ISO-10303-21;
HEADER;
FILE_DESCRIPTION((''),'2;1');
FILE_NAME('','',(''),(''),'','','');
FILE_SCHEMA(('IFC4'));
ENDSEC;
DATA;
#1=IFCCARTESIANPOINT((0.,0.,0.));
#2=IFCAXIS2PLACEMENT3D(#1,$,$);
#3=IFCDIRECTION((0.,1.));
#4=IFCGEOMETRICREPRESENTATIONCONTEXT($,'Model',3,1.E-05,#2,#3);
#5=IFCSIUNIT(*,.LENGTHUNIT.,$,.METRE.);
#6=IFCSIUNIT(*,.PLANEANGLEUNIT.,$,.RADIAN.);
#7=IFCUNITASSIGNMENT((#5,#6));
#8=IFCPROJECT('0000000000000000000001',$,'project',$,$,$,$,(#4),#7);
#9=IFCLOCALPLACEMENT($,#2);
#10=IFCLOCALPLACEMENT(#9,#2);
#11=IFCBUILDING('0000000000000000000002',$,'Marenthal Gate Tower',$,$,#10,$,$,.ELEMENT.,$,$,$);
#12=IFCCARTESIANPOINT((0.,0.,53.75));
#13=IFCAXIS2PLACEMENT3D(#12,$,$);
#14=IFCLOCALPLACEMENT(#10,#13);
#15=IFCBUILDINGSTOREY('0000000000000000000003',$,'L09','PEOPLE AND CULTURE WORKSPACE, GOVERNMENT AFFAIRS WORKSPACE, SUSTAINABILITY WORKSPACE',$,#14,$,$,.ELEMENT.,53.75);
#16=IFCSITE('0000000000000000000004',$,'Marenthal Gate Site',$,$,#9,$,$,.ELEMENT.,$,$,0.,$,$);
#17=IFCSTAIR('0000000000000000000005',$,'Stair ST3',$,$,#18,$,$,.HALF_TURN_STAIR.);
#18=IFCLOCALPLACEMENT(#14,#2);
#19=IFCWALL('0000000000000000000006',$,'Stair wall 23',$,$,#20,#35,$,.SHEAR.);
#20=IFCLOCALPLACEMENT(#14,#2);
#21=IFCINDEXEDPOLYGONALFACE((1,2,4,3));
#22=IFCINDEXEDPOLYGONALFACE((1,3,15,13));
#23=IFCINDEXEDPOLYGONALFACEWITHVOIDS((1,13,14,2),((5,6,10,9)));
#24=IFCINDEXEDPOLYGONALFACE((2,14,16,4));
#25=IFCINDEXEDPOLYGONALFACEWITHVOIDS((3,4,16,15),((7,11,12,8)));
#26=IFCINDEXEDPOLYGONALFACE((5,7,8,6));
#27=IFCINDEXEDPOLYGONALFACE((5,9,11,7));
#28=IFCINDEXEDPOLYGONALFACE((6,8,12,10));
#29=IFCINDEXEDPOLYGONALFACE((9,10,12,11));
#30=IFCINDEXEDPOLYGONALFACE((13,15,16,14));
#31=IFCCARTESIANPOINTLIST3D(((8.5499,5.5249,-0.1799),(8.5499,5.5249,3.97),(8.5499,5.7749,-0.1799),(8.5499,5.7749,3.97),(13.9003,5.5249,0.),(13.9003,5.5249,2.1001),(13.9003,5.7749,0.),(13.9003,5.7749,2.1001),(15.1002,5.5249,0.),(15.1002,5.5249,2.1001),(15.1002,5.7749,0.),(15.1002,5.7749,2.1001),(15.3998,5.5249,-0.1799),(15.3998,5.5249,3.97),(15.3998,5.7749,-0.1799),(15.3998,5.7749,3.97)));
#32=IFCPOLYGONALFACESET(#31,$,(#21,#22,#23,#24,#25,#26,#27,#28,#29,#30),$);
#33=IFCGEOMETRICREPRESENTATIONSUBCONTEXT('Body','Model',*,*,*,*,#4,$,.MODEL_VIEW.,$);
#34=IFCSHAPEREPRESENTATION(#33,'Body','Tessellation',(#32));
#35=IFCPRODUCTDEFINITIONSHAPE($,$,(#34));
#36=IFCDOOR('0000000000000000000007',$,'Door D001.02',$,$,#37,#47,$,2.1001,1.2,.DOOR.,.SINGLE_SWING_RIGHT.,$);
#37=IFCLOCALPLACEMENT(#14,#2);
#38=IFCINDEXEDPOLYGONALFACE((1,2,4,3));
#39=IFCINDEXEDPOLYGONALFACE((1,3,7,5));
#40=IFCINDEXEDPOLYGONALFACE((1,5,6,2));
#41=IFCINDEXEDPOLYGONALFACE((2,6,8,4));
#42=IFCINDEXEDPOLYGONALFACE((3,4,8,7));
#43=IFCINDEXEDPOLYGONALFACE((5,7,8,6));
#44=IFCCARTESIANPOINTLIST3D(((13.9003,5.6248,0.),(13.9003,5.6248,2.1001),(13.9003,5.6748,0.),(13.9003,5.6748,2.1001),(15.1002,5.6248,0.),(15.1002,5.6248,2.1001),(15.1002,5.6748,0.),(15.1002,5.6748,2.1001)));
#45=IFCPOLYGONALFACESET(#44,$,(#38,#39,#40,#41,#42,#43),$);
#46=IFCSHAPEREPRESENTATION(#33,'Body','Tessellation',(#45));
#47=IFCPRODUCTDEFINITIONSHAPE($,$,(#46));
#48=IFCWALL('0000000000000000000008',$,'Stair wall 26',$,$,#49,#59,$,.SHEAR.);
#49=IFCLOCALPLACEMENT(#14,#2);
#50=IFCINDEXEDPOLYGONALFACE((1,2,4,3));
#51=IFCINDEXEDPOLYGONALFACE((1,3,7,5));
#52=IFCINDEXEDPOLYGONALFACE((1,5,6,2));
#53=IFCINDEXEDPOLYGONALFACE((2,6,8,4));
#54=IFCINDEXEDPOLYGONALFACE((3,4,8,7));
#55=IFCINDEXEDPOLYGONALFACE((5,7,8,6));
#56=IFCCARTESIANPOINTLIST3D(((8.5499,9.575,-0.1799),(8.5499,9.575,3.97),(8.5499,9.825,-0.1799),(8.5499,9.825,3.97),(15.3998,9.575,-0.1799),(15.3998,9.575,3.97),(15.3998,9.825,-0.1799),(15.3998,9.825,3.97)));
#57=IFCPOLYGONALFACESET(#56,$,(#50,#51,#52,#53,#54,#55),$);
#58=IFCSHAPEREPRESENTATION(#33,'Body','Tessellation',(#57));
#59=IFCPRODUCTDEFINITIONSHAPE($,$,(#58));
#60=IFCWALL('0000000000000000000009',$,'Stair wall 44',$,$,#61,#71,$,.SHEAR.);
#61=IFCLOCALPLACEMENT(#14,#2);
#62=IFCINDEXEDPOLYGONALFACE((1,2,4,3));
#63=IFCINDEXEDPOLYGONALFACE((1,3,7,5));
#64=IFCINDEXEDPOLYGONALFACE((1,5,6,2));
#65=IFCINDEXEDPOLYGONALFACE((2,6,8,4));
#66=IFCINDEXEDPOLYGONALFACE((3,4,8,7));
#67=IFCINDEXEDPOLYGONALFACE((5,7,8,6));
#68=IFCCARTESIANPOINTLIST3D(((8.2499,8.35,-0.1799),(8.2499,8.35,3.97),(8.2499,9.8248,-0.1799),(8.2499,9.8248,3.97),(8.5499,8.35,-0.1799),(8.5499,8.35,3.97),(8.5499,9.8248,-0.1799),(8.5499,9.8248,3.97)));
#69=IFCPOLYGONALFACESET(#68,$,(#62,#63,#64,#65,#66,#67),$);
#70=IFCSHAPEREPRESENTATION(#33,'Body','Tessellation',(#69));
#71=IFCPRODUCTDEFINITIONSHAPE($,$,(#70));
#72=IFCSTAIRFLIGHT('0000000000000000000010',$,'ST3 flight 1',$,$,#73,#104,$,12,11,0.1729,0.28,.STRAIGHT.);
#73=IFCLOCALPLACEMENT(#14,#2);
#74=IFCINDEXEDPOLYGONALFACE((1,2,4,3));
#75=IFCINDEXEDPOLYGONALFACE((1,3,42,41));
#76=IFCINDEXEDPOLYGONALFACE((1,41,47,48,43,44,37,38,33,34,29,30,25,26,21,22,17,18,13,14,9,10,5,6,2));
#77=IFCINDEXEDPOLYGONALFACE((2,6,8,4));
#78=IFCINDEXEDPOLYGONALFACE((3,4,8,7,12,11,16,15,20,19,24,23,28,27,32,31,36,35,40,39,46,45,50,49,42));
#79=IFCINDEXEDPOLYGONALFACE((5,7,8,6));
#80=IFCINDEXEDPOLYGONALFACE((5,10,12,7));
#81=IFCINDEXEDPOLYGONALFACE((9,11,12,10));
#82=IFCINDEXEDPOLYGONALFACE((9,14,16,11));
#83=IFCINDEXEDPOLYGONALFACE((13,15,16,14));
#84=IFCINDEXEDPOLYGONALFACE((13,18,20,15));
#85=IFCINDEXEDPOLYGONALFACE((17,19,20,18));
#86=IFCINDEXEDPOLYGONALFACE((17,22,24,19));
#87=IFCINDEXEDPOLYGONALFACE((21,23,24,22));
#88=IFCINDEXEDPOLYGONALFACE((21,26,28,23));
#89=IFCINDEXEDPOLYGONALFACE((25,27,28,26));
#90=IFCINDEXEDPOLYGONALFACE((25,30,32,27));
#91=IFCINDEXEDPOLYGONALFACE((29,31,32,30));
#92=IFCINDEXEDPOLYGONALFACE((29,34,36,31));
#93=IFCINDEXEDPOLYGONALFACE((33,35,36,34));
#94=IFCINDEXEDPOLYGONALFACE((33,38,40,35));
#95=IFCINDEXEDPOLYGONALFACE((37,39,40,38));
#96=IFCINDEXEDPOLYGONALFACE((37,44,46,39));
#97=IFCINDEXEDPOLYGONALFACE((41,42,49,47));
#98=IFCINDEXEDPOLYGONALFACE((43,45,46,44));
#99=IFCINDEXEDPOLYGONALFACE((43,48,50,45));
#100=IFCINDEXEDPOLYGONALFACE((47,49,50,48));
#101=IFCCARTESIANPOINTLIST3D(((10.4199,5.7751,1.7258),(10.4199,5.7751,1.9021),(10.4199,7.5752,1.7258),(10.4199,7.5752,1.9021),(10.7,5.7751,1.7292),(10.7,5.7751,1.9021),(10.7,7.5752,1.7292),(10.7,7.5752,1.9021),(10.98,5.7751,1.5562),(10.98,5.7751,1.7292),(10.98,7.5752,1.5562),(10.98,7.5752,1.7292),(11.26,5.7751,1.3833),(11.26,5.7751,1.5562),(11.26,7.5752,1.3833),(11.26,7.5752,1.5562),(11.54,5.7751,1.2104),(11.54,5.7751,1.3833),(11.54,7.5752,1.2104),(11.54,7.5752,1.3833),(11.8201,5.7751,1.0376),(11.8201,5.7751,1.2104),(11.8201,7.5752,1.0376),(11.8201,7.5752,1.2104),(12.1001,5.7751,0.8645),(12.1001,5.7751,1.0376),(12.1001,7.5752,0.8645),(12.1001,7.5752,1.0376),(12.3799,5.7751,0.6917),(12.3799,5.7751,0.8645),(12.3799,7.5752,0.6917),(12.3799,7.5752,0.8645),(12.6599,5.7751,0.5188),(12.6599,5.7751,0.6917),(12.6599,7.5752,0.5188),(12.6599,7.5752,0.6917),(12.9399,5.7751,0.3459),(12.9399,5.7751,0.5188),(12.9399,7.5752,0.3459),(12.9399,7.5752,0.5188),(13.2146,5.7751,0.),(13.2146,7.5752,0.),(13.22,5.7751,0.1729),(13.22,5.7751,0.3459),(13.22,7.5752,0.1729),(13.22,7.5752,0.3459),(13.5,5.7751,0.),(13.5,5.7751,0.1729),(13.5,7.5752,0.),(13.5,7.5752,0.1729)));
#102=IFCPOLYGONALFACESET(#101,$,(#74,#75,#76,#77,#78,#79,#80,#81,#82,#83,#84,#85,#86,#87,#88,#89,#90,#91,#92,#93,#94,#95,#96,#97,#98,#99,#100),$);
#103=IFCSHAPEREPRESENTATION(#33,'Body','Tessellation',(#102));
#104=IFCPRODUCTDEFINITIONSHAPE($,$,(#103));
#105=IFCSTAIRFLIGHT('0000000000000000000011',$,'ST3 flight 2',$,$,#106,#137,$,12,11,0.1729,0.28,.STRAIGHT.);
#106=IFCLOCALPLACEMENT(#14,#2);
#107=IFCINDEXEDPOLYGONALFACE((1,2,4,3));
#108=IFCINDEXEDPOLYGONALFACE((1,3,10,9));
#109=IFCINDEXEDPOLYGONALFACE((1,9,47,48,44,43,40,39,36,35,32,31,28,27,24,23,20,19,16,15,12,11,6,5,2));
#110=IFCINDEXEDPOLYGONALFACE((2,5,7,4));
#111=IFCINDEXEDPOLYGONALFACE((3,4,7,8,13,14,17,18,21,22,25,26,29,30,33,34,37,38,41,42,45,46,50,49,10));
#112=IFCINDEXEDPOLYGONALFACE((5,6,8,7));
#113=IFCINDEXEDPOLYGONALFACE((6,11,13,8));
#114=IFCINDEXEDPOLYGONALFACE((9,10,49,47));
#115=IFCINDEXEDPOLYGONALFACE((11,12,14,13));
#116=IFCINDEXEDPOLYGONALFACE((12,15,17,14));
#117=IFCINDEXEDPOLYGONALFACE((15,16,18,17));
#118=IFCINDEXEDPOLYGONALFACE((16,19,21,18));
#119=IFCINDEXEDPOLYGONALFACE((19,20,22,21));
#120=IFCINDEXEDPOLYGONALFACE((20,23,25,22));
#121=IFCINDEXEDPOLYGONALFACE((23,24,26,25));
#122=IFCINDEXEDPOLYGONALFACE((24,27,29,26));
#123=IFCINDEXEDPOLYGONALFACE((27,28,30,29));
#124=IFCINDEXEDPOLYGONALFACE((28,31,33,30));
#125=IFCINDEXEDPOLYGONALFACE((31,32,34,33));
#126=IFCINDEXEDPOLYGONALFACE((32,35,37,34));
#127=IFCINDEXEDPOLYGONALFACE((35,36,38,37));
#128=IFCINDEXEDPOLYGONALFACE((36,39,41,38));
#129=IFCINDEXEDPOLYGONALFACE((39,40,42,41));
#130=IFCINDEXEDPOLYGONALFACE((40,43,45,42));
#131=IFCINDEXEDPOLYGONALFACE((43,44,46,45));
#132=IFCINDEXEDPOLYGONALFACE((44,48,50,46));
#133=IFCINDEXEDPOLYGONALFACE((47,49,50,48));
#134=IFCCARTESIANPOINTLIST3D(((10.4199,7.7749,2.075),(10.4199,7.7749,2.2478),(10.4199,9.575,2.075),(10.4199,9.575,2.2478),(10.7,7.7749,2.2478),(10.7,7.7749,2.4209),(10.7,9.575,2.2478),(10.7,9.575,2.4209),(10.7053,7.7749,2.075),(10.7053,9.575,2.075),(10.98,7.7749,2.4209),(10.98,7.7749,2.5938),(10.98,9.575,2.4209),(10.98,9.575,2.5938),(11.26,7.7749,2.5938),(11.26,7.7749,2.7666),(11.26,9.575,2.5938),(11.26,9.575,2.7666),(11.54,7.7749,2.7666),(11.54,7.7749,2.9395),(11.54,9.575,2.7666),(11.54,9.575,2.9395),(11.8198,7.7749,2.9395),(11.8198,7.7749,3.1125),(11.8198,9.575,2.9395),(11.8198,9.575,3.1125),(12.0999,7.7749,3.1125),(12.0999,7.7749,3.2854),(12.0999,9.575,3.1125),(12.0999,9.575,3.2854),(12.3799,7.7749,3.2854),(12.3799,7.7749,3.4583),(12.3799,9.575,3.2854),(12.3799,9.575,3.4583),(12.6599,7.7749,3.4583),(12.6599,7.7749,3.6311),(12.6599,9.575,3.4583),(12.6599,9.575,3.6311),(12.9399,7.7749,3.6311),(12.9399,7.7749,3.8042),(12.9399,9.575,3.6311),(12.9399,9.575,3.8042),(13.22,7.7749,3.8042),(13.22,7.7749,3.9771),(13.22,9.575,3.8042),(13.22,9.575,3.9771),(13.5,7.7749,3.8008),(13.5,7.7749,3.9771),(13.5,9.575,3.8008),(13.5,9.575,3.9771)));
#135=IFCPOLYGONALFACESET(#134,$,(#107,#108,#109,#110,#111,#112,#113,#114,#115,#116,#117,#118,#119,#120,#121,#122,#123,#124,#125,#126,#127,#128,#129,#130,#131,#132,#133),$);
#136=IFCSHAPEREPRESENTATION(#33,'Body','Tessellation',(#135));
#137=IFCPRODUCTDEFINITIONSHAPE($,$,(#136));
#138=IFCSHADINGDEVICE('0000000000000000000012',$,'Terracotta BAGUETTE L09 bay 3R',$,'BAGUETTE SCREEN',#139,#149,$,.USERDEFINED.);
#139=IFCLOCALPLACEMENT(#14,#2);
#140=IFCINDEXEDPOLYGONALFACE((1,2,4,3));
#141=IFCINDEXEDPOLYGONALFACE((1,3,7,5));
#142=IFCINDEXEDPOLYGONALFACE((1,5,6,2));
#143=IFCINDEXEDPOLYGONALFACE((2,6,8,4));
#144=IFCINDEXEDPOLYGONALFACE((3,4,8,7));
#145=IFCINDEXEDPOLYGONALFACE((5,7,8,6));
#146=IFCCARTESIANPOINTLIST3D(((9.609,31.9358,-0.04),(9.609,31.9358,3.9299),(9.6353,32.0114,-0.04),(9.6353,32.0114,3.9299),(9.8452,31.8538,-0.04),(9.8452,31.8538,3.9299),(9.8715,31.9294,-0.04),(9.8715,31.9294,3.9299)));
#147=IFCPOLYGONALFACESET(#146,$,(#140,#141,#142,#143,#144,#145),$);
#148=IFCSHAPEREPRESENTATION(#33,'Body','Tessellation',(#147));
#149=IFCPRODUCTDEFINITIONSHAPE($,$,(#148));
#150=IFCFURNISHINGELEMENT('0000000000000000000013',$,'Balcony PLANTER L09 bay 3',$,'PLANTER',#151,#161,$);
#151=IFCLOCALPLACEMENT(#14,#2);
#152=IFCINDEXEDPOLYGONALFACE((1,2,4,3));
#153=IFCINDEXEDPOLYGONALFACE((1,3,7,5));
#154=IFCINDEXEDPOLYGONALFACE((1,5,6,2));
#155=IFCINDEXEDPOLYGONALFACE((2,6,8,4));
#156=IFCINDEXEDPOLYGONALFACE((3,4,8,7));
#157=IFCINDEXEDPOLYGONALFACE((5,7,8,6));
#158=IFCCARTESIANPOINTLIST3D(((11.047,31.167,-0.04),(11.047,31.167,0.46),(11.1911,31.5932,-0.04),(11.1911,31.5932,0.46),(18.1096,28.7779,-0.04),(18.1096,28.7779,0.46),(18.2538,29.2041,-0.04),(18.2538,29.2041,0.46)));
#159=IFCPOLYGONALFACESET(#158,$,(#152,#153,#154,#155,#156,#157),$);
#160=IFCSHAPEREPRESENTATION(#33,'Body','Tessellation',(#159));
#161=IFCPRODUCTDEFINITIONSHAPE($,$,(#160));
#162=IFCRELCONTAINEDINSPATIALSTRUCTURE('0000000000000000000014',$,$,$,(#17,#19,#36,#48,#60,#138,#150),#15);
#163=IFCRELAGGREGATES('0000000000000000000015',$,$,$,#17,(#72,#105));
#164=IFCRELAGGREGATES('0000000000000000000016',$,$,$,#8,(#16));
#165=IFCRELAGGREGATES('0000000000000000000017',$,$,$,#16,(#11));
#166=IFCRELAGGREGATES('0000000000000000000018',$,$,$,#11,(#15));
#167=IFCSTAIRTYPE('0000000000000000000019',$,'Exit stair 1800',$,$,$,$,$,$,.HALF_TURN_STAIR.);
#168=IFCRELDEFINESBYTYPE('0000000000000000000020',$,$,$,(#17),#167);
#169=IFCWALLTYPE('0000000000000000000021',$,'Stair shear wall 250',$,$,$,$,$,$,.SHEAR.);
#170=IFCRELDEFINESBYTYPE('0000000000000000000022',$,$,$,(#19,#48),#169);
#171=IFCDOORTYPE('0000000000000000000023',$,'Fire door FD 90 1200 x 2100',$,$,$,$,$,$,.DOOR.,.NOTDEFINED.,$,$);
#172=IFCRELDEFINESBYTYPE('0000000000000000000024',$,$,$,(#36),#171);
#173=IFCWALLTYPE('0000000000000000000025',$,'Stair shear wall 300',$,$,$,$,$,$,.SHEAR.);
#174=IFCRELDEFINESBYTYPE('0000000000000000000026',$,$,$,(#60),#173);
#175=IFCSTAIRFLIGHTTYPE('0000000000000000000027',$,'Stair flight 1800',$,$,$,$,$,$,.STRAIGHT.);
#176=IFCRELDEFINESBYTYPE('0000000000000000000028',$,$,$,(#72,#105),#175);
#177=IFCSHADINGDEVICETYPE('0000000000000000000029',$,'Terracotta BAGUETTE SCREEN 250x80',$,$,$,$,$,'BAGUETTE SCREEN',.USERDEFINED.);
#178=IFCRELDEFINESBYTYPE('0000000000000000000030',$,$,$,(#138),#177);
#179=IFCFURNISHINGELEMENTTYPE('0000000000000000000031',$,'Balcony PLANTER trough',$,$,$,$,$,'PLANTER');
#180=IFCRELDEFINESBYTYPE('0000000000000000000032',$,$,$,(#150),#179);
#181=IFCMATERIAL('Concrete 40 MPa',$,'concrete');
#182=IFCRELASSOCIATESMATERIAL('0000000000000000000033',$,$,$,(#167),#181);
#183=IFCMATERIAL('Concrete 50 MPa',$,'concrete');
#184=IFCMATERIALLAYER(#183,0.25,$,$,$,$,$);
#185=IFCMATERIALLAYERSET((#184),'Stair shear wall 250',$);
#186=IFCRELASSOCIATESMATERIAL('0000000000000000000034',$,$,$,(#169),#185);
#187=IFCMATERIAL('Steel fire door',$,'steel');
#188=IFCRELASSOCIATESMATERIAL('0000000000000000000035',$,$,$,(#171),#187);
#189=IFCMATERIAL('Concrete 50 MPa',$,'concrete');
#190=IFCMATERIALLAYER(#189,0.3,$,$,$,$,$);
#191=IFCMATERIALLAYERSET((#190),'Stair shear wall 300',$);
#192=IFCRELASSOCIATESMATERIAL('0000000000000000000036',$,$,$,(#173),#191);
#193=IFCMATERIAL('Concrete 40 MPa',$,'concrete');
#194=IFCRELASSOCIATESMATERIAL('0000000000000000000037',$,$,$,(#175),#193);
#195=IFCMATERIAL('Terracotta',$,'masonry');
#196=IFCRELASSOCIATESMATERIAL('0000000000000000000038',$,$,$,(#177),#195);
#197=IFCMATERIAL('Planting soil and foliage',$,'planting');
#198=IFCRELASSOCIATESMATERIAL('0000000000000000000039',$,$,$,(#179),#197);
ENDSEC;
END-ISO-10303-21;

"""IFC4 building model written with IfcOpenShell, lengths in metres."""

from ifc_helpers import new_model, si_unit, direction, frame, frame_2d, origin, origin_2d, place, context, subcontext, project, spatial, polyline, rectangle, outline, extrude, material, layer, layer_set, material_profile, profile_set, type_object, element, fill, aggregate, save


model = new_model("IFC4")

# Units and contexts
model_context = context("Model", 3, precision=1e-05, world=origin(), true_north=direction((0.0, 1.0)))
body_context = subcontext(model_context, "Body", "Model", "MODEL_VIEW")
ifc_project = project(units=[si_unit("LENGTHUNIT", "METRE"), si_unit("PLANEANGLEUNIT", "RADIAN")], contexts=[model_context])

# Site, building, storey
site_placement = place(None, origin())
site = spatial("IfcSite", under=ifc_project, at=site_placement, Name="Marenthal Gate Site", CompositionType="ELEMENT", RefElevation=0.0)
building_placement = place(site_placement, origin())
building = spatial("IfcBuilding", under=site, at=building_placement, Name="Marenthal Gate Tower", CompositionType="ELEMENT")
storey_placement = place(building_placement, frame((0.0, 0.0, 53.75)))
storey = spatial("IfcBuildingStorey", under=building, at=storey_placement, Name="L09", Description="PEOPLE AND CULTURE WORKSPACE, GOVERNMENT AFFAIRS WORKSPACE, SUSTAINABILITY WORKSPACE", CompositionType="ELEMENT", Elevation=53.75)

# Stair
ifc_material_1 = material(Name="Concrete 40 MPa", Category="concrete")
stair_type = type_object("IfcStairType", Name="Exit stair 1800", PredefinedType="HALF_TURN_STAIR", material=ifc_material_1)
stair_1_placement = place(storey_placement, origin())
stair_1 = element("IfcStair", 1, at=stair_1_placement, inside=storey, type_object=stair_type, Name="Stair ST3", PredefinedType="HALF_TURN_STAIR")

# Wall, opening, door
ifc_material_2 = material(Name="Concrete 50 MPa", Category="concrete")
ifc_layer_1 = layer(ifc_material_2, 0.25)
ifc_layer_set_1 = layer_set([ifc_layer_1], Name="Stair shear wall 250")
wall_type_1 = type_object("IfcWallType", Name="Stair shear wall 250", PredefinedType="SHEAR", material=ifc_layer_set_1)
wall_1_placement = place(storey_placement, frame((8.55, 5.6499, -0.1799), z_axis=(0.0, 0.0, 1.0), x_axis=(1.0, 0.0, 0.0)))
wall_1 = element("IfcWall", 2, at=wall_1_placement, inside=storey, type_object=wall_type_1, Name="Stair wall 23", PredefinedType="SHEAR", context=body_context, shape_type="SweptSolid", body=[
    extrude(rectangle(XDim=6.8499, YDim=0.25, at=frame_2d((3.4248, 0.0))), origin(), (0.0, 0.0, 1.0), 4.1499),
])
opening_1_placement = place(wall_1_placement, frame((5.3501, 0.0, 0.1799)))
opening_1 = element("IfcOpeningElement", 3, at=opening_1_placement, cuts=wall_1, PredefinedType="OPENING", context=body_context, shape_type="SweptSolid", body=[
    extrude(rectangle(XDim=1.2, YDim=2.1001, at=frame_2d((0.6001, 1.05))), frame((0.0, 0.135, 0.0), z_axis=(0.0, -1.0, 0.0), x_axis=(1.0, 0.0, 0.0)), (0.0, 0.0, 1.0), 0.27),
])
ifc_material_3 = material(Name="Steel fire door", Category="steel")
door_type_1 = type_object("IfcDoorType", Name="Fire door FD 90 1200 x 2100", OperationType="NOTDEFINED", PredefinedType="DOOR", material=ifc_material_3)
door_1_placement = place(opening_1_placement, origin())
door_1 = element("IfcDoor", 4, at=door_1_placement, inside=storey, type_object=door_type_1, Name="Door D001.02", OperationType="SINGLE_SWING_RIGHT", OverallHeight=2.1001, OverallWidth=1.2, PredefinedType="DOOR", context=body_context, shape_type="SweptSolid", body=[
    extrude(rectangle(XDim=1.2, YDim=2.1001, at=frame_2d((0.6001, 1.05))), frame((0.0, 0.0249, 0.0), z_axis=(0.0, -1.0, 0.0), x_axis=(1.0, 0.0, 0.0)), (0.0, 0.0, 1.0), 0.05),
])
fill(opening_1, door_1)

# Walls
wall_2_placement = place(storey_placement, frame((8.55, 9.7, -0.1799), z_axis=(0.0, 0.0, 1.0), x_axis=(1.0, 0.0, 0.0)))
element("IfcWall", 5, at=wall_2_placement, inside=storey, type_object=wall_type_1, Name="Stair wall 26", PredefinedType="SHEAR", context=body_context, shape_type="SweptSolid", body=[
    extrude(rectangle(XDim=6.8499, YDim=0.25, at=frame_2d((3.4248, 0.0))), origin(), (0.0, 0.0, 1.0), 4.1499),
])
ifc_material_4 = material(Name="Concrete 50 MPa", Category="concrete")
ifc_layer_2 = layer(ifc_material_4, 0.3)
ifc_layer_set_2 = layer_set([ifc_layer_2], Name="Stair shear wall 300")
wall_type_2 = type_object("IfcWallType", Name="Stair shear wall 300", PredefinedType="SHEAR", material=ifc_layer_set_2)
wall_3_placement = place(storey_placement, frame((8.3999, 8.3501, -0.1799), z_axis=(0.0, 0.0, 1.0), x_axis=(0.0, 1.0, 0.0)))
element("IfcWall", 6, at=wall_3_placement, inside=storey, type_object=wall_type_2, Name="Stair wall 44", PredefinedType="SHEAR", context=body_context, shape_type="SweptSolid", body=[
    extrude(rectangle(XDim=1.4749, YDim=0.3, at=frame_2d((0.7373, 0.0))), origin(), (0.0, 0.0, 1.0), 4.1499),
])

# Stair flights
ifc_material_5 = material(Name="Concrete 40 MPa", Category="concrete")
stair_flight_type = type_object("IfcStairFlightType", Name="Stair flight 1800", PredefinedType="STRAIGHT", material=ifc_material_5)
stair_flight_1_placement = place(storey_placement, frame((13.5, 6.675, 0.0), z_axis=(0.0, 0.0, 1.0), x_axis=(-1.0, 0.0, 0.0)))
stair_flight_1 = element("IfcStairFlight", 7, at=stair_flight_1_placement, type_object=stair_flight_type, Name="ST3 flight 1", NumberOfRisers=12, NumberOfTreads=11, PredefinedType="STRAIGHT", RiserHeight=0.1729, TreadLength=0.28, context=body_context, shape_type="SweptSolid", body=[
    extrude(outline(polyline([(0.0, 0.0), (0.0, 0.1729), (0.28, 0.1729), (0.28, 0.3459), (0.5601, 0.3459), (0.5601, 0.5188), (0.8401, 0.5188), (0.8401, 0.6917), (1.1201, 0.6917), (1.1201, 0.8645), (1.3999, 0.8645), (1.3999, 1.0376), (1.6799, 1.0376), (1.6799, 1.2104), (1.96, 1.2104), (1.96, 1.3833), (2.24, 1.3833), (2.24, 1.5562), (2.52, 1.5562), (2.52, 1.7292), (2.8, 1.7292), (2.8, 1.9021), (3.0801, 1.9021), (3.0801, 2.075), (3.0801, 1.7258), (0.2854, 0.0), (0.0, 0.0)])), frame((0.0, 0.8999, 0.0), z_axis=(0.0, -1.0, 0.0), x_axis=(1.0, 0.0, 0.0)), (0.0, 0.0, 1.0), 1.8),
])
stair_flight_2_placement = place(storey_placement, frame((10.4199, 8.675, 2.075), z_axis=(0.0, 0.0, 1.0), x_axis=(1.0, 0.0, 0.0)))
stair_flight_2 = element("IfcStairFlight", 8, at=stair_flight_2_placement, type_object=stair_flight_type, Name="ST3 flight 2", NumberOfRisers=12, NumberOfTreads=11, PredefinedType="STRAIGHT", RiserHeight=0.1729, TreadLength=0.28, context=body_context, shape_type="SweptSolid", body=[
    extrude(outline(polyline([(0.0, 0.0), (0.0, 0.1729), (0.28, 0.1729), (0.28, 0.3459), (0.5601, 0.3459), (0.5601, 0.5188), (0.8401, 0.5188), (0.8401, 0.6917), (1.1201, 0.6917), (1.1201, 0.8645), (1.3999, 0.8645), (1.3999, 1.0376), (1.6799, 1.0376), (1.6799, 1.2104), (1.96, 1.2104), (1.96, 1.3833), (2.24, 1.3833), (2.24, 1.5562), (2.52, 1.5562), (2.52, 1.7292), (2.8, 1.7292), (2.8, 1.9021), (3.0801, 1.9021), (3.0801, 2.075), (3.0801, 1.7258), (0.2854, 0.0), (0.0, 0.0)])), frame((0.0, 0.8999, 0.0), z_axis=(0.0, -1.0, 0.0), x_axis=(1.0, 0.0, 0.0)), (0.0, 0.0, 1.0), 1.8),
])
aggregate(stair_1, [stair_flight_1, stair_flight_2])

# Shading device
ifc_material_6 = material(Name="Terracotta", Category="masonry")
ifc_material_profile_1 = material_profile(ifc_material_6, rectangle(XDim=0.25, YDim=0.0801, at=origin_2d()), Name="Terracotta baguette 250x80")
ifc_profile_set_1 = profile_set([ifc_material_profile_1], Name="Terracotta")
shading_device_type = type_object("IfcShadingDeviceType", Name="Terracotta BAGUETTE SCREEN 250x80", ElementType="BAGUETTE SCREEN", PredefinedType="USERDEFINED", material=ifc_profile_set_1)
shading_device_placement = place(storey_placement, frame((9.7402, 31.9326, -0.04), z_axis=(0.0, 0.0, 1.0), x_axis=(-0.944691, 0.327963, 0.0)))
element("IfcShadingDevice", 9, at=shading_device_placement, inside=storey, type_object=shading_device_type, Name="Terracotta BAGUETTE L09 bay 3R", ObjectType="BAGUETTE SCREEN", PredefinedType="USERDEFINED", context=body_context, shape_type="SweptSolid", body=[
    extrude(rectangle(XDim=0.25, YDim=0.0801, at=origin_2d()), origin(), (0.0, 0.0, 1.0), 3.97),
])

# Furnishing element
ifc_material_7 = material(Name="Planting soil and foliage", Category="planting")
furnishing_element_type = type_object("IfcFurnishingElementType", Name="Balcony PLANTER trough", ElementType="PLANTER", material=ifc_material_7)
furnishing_placement = place(storey_placement, frame((14.6504, 30.1855, -0.04), z_axis=(0.0, 0.0, 1.0), x_axis=(-0.947271, 0.320433, 0.0)))
element("IfcFurnishingElement", 10, at=furnishing_placement, inside=storey, type_object=furnishing_element_type, Name="Balcony PLANTER L09 bay 3", ObjectType="PLANTER", context=body_context, shape_type="SweptSolid", body=[
    extrude(rectangle(XDim=7.4558, YDim=0.45, at=origin_2d()), origin(), (0.0, 0.0, 1.0), 0.5),
])

save(model, "model.ifc")
